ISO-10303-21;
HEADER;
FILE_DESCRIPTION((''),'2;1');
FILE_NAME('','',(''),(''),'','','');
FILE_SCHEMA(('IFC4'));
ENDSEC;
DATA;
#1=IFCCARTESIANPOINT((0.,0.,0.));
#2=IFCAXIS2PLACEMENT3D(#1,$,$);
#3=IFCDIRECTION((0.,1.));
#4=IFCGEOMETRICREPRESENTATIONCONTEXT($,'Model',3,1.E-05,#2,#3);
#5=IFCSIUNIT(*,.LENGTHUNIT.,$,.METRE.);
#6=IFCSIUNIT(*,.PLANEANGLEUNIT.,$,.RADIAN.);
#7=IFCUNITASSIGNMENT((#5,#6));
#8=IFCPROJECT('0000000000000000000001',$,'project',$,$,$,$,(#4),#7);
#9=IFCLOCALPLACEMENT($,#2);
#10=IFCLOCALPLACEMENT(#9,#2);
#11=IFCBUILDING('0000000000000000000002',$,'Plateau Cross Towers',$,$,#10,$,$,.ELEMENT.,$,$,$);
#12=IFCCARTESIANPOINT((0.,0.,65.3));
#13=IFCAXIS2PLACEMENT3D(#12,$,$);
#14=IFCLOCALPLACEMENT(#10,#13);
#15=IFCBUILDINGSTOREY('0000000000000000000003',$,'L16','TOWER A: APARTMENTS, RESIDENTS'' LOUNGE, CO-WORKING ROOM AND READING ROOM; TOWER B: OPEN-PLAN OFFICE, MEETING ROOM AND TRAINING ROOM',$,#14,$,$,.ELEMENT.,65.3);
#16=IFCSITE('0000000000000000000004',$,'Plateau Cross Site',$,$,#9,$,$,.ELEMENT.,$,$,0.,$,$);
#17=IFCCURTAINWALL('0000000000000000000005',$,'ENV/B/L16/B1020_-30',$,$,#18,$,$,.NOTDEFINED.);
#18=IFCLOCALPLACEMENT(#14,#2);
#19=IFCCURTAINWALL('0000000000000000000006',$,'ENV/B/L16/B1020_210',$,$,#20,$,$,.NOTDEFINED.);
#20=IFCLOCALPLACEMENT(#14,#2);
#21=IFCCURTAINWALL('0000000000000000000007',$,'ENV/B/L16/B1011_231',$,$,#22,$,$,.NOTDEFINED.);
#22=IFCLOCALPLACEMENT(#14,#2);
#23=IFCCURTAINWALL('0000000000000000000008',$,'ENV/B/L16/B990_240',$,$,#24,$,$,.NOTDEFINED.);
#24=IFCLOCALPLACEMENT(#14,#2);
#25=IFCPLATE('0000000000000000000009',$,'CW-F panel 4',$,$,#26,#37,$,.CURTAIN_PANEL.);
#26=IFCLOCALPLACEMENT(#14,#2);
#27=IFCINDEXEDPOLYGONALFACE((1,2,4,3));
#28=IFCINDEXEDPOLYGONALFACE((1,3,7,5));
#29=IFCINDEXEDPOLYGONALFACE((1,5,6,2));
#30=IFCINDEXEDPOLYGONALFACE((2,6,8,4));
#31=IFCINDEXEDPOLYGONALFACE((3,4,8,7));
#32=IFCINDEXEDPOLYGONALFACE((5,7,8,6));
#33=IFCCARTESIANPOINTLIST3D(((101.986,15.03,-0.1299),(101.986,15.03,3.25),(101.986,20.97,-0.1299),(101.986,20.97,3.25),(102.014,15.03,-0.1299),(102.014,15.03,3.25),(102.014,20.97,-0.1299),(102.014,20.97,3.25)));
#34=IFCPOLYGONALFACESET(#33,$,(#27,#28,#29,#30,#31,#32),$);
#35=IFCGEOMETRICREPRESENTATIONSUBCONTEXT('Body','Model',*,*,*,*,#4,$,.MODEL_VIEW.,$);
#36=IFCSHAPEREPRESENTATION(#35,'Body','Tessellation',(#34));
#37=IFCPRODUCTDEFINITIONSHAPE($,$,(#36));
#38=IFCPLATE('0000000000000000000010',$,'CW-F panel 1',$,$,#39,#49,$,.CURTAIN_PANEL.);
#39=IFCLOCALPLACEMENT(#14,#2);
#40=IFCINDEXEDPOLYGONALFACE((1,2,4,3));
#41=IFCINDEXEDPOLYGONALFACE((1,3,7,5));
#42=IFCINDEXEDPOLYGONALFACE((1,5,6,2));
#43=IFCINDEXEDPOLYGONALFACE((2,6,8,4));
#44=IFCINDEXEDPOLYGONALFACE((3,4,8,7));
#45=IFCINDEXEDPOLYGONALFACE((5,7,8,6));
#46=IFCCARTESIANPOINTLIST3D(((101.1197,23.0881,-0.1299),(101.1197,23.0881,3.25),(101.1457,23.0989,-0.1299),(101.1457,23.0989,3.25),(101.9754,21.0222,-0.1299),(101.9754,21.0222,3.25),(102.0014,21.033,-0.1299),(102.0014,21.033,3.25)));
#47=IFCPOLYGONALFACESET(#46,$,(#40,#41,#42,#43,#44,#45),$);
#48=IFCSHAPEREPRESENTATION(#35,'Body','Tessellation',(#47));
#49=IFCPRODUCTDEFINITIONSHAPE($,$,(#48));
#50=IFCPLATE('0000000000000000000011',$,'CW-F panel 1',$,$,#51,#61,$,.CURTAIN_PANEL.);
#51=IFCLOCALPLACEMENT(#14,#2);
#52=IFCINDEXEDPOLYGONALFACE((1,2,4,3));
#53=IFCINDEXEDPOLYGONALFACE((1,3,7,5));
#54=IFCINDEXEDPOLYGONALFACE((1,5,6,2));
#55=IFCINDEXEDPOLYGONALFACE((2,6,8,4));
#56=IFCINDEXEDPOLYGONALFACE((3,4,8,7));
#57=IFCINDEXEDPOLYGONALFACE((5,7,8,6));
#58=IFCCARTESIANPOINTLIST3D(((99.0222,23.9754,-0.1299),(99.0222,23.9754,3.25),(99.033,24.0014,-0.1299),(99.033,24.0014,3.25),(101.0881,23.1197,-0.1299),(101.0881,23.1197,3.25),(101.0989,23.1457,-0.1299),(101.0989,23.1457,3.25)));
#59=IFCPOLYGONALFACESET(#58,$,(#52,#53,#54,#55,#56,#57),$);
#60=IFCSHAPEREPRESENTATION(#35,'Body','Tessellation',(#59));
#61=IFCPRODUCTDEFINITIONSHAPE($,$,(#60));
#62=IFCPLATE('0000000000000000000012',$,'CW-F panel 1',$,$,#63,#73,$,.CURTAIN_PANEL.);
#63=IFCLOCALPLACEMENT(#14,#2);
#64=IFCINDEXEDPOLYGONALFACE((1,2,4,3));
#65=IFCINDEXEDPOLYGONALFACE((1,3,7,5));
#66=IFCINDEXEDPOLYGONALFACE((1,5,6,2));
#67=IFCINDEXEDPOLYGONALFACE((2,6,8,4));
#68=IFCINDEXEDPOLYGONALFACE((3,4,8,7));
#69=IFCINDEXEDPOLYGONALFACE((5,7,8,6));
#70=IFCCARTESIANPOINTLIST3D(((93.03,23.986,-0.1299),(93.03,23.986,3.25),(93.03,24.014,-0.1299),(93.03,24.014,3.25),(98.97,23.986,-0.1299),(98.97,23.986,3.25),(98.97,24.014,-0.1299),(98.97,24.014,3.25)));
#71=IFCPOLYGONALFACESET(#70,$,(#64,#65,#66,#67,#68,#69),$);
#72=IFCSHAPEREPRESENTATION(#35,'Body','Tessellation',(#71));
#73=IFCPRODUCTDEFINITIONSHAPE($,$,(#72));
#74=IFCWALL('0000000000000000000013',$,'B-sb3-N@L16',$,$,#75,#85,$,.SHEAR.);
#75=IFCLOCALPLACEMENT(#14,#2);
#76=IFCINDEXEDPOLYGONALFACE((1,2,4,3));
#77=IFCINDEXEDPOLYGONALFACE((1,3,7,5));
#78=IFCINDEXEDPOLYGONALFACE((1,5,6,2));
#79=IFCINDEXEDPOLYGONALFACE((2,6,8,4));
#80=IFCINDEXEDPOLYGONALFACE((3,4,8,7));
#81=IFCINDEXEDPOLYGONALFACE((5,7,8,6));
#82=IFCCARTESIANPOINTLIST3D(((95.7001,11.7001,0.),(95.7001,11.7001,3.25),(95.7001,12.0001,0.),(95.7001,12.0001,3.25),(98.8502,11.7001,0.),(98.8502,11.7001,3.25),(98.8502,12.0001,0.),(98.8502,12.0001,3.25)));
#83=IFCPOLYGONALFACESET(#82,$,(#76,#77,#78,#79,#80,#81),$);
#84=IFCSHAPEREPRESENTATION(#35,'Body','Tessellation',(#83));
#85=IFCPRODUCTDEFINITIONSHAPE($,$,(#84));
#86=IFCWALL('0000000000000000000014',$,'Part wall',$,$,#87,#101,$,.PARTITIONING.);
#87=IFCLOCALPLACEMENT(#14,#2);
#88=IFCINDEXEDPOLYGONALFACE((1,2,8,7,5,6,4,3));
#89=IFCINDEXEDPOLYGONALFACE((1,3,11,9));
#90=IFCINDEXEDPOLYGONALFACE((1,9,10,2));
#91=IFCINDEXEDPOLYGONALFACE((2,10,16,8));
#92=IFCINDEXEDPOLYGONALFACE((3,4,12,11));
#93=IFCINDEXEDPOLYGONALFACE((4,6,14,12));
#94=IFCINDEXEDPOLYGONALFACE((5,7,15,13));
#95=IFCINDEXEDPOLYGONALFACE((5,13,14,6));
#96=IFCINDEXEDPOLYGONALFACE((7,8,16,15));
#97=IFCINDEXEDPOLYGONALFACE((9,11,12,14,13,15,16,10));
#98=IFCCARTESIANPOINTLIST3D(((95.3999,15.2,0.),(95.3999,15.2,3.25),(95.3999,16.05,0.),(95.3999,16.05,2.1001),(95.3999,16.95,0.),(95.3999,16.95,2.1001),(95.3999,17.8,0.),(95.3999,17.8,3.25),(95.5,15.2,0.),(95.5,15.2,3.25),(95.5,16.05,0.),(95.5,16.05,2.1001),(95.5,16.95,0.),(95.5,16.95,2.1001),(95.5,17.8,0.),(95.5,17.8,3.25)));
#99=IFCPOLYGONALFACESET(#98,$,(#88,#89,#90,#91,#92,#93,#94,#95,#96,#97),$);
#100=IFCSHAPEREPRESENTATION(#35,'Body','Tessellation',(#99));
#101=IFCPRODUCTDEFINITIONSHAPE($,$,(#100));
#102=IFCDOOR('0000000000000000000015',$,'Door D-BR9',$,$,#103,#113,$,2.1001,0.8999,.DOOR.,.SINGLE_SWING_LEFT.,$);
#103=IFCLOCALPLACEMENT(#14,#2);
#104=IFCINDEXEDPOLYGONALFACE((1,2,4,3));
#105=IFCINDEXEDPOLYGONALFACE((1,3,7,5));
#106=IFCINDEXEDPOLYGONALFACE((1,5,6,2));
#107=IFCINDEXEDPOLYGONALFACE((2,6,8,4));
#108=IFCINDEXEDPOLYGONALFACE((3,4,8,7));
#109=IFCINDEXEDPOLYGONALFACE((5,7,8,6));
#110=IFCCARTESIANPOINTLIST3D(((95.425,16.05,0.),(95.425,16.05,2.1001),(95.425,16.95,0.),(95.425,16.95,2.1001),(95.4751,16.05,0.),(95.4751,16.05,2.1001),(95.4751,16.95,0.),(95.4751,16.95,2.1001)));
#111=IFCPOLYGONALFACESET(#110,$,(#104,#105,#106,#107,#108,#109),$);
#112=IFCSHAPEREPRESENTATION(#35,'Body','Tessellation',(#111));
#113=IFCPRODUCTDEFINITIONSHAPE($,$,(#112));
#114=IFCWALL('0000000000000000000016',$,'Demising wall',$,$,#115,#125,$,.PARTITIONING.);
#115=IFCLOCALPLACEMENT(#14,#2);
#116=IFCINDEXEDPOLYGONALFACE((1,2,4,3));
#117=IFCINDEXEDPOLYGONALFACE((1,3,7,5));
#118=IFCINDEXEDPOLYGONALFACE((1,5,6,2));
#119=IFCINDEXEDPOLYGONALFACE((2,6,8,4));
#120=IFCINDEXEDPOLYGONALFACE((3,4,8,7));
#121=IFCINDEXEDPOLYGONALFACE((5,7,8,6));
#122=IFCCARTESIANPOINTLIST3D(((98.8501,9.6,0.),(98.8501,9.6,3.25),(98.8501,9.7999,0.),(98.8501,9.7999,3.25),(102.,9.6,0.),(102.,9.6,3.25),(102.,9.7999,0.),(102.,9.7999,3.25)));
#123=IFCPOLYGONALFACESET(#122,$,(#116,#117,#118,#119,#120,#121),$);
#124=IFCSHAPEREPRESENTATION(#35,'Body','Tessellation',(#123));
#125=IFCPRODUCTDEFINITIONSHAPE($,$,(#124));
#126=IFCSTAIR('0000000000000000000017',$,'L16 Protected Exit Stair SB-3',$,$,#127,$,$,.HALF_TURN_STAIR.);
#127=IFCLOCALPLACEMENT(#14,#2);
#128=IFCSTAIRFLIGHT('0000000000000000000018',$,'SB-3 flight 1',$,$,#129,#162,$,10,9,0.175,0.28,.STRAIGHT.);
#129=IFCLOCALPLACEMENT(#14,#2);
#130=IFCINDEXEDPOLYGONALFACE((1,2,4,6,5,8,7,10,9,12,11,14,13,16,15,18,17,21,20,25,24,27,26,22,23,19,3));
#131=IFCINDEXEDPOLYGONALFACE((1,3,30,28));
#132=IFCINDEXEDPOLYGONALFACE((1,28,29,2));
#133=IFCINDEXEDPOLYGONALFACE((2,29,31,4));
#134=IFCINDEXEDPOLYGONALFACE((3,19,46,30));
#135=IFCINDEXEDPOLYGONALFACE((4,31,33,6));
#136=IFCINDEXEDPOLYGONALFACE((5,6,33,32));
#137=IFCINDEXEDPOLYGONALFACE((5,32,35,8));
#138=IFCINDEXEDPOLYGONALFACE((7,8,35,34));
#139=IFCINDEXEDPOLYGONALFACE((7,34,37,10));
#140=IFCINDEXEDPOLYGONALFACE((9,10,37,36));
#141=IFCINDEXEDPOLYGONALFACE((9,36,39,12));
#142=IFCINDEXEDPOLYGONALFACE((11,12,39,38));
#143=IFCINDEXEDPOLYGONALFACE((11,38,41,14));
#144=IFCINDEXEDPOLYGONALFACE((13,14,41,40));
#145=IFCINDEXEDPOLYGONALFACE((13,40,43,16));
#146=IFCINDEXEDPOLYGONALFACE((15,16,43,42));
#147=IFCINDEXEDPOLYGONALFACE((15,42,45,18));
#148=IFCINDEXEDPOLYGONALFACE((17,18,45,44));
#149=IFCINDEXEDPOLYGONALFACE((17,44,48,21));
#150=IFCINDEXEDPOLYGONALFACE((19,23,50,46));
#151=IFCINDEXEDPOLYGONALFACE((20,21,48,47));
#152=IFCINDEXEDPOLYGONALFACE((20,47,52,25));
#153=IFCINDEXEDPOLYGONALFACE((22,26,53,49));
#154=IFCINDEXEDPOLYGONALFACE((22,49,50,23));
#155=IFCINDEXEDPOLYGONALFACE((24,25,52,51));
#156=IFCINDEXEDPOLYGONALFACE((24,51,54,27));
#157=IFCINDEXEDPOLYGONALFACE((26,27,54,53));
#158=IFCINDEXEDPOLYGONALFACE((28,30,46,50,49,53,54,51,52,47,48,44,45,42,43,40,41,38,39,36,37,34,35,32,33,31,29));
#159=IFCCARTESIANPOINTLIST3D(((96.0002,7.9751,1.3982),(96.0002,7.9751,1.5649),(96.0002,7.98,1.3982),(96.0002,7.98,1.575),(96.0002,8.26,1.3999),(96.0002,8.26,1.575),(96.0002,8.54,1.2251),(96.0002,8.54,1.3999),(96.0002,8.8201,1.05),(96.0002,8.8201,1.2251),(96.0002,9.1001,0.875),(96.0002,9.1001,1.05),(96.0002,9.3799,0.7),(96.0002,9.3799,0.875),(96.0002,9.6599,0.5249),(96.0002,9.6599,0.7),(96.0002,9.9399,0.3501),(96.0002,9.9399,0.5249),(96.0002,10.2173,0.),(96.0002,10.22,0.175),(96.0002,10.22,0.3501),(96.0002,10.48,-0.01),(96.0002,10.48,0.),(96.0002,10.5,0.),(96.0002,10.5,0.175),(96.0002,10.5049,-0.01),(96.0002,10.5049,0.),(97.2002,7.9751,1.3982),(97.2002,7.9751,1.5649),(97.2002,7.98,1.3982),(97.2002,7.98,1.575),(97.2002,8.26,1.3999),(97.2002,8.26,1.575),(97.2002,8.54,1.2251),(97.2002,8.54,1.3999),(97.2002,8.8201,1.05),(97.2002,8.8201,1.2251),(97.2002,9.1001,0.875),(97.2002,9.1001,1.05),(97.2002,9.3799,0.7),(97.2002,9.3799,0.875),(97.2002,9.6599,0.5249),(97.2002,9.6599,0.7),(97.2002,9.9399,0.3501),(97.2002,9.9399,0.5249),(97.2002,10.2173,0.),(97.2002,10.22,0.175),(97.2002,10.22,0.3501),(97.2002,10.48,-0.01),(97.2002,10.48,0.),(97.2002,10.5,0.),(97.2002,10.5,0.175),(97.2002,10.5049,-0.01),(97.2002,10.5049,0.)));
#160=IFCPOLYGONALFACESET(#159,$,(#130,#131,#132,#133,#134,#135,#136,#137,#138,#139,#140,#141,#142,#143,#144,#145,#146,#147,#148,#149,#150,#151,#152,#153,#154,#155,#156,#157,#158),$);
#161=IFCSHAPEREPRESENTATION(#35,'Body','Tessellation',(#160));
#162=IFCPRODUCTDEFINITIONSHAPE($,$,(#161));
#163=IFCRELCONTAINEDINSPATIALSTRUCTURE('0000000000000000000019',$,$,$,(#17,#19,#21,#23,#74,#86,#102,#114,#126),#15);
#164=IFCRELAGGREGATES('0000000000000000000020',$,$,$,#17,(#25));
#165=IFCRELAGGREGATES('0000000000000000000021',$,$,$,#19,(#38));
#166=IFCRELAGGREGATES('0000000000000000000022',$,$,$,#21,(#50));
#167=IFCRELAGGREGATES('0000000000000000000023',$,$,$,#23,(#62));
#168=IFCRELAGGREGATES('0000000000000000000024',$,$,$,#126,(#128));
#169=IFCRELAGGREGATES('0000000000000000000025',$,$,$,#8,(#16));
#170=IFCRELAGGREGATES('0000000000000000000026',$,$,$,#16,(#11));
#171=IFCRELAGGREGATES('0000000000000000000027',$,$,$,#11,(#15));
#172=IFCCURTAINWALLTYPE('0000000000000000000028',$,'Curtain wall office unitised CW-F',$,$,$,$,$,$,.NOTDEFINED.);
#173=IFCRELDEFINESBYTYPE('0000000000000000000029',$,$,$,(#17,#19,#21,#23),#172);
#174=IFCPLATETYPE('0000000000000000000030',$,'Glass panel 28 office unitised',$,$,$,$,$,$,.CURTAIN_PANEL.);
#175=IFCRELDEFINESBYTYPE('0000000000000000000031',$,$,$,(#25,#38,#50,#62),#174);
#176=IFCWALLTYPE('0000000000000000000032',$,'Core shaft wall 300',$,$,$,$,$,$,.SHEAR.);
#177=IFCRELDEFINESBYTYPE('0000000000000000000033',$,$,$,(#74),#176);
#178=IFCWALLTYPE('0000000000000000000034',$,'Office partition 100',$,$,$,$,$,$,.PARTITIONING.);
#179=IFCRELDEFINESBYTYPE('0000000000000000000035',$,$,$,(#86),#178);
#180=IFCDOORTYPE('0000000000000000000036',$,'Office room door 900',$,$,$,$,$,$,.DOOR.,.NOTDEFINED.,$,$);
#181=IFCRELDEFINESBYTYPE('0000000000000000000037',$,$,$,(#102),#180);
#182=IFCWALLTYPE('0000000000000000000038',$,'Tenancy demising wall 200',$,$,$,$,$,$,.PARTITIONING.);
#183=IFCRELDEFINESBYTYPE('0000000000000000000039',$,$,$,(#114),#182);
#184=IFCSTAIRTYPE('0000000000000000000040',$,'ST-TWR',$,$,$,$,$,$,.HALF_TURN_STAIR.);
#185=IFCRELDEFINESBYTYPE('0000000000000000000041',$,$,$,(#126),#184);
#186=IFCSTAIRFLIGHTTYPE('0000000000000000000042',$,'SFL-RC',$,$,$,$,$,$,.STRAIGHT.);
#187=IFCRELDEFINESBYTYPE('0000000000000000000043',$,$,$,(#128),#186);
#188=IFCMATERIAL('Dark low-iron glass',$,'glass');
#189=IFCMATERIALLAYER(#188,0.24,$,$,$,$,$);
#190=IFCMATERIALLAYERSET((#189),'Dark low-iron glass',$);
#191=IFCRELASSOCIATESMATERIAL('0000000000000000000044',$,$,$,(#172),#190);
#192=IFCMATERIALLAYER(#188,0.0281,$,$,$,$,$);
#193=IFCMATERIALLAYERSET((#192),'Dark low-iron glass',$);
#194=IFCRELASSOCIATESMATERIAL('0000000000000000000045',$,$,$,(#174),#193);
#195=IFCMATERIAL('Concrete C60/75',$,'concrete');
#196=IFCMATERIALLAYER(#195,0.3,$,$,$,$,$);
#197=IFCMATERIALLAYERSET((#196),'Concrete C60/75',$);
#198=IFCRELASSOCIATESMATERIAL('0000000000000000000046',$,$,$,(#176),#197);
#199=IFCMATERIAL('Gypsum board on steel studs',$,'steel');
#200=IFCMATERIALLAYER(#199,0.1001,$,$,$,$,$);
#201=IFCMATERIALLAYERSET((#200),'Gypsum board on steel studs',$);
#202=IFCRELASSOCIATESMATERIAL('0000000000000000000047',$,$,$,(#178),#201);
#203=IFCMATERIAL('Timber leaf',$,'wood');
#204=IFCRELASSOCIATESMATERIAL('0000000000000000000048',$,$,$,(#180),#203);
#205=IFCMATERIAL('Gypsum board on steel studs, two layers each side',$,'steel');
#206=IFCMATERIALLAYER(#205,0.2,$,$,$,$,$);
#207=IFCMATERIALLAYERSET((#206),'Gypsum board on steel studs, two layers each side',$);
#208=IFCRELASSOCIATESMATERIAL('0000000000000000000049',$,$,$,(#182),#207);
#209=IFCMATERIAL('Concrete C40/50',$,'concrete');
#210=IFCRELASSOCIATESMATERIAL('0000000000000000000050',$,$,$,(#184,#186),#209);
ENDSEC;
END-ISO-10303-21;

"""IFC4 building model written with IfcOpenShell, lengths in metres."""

from ifc_helpers import new_model, si_unit, direction, frame, frame_2d, origin, origin_2d, place, context, subcontext, project, spatial, polyline, rectangle, outline, extrude, material, layer, layer_set, type_object, element, fill, aggregate, save


model = new_model("IFC4")

# Units and contexts
model_context = context("Model", 3, precision=1e-05, world=origin(), true_north=direction((0.0, 1.0)))
body_context = subcontext(model_context, "Body", "Model", "MODEL_VIEW")
ifc_project = project(units=[si_unit("LENGTHUNIT", "METRE"), si_unit("PLANEANGLEUNIT", "RADIAN")], contexts=[model_context])

# Site, building, storey
site_placement = place(None, origin())
site = spatial("IfcSite", under=ifc_project, at=site_placement, Name="Plateau Cross Site", CompositionType="ELEMENT", RefElevation=0.0)
building_placement = place(site_placement, origin())
building = spatial("IfcBuilding", under=site, at=building_placement, Name="Plateau Cross Towers", CompositionType="ELEMENT")
storey_placement = place(building_placement, frame((0.0, 0.0, 65.3)))
storey = spatial("IfcBuildingStorey", under=building, at=storey_placement, Name="L16", Description="TOWER A: APARTMENTS, RESIDENTS' LOUNGE, CO-WORKING ROOM AND READING ROOM; TOWER B: OPEN-PLAN OFFICE, MEETING ROOM AND TRAINING ROOM", CompositionType="ELEMENT", Elevation=65.3)

# Shared definitions
ifc_material_1 = material(Name="Concrete C60/75", Category="concrete")

# Curtain wall
ifc_material_2 = material(Name="Dark low-iron glass", Category="glass")
ifc_layer_1 = layer(ifc_material_2, 0.24)
ifc_layer_set_1 = layer_set([ifc_layer_1], Name="Dark low-iron glass")
curtain_wall_type = type_object("IfcCurtainWallType", Name="Curtain wall office unitised CW-F", PredefinedType="NOTDEFINED", material=ifc_layer_set_1)
curtain_wall_1_placement = place(storey_placement, origin())
curtain_wall_1 = element("IfcCurtainWall", 1, at=curtain_wall_1_placement, inside=storey, type_object=curtain_wall_type, Name="ENV/B/L16/B1020_-30", PredefinedType="NOTDEFINED")

# Curtain walls
curtain_wall_2_placement = place(storey_placement, origin())
curtain_wall_2 = element("IfcCurtainWall", 2, at=curtain_wall_2_placement, inside=storey, type_object=curtain_wall_type, Name="ENV/B/L16/B1020_210", PredefinedType="NOTDEFINED")
curtain_wall_3_placement = place(storey_placement, origin())
curtain_wall_3 = element("IfcCurtainWall", 3, at=curtain_wall_3_placement, inside=storey, type_object=curtain_wall_type, Name="ENV/B/L16/B1011_231", PredefinedType="NOTDEFINED")

# Curtain wall
curtain_wall_4_placement = place(storey_placement, origin())
curtain_wall_4 = element("IfcCurtainWall", 4, at=curtain_wall_4_placement, inside=storey, type_object=curtain_wall_type, Name="ENV/B/L16/B990_240", PredefinedType="NOTDEFINED")

# Plates
ifc_layer_2 = layer(ifc_material_2, 0.0281)
ifc_layer_set_2 = layer_set([ifc_layer_2], Name="Dark low-iron glass")
plate_type = type_object("IfcPlateType", Name="Glass panel 28 office unitised", PredefinedType="CURTAIN_PANEL", material=ifc_layer_set_2)
plate_1_placement = place(storey_placement, frame((102.0, 18.0, -0.1299), z_axis=(0.0, 0.0, 1.0), x_axis=(0.0, 1.0, 0.0)))
plate_1 = element("IfcPlate", 5, at=plate_1_placement, type_object=plate_type, Name="CW-F panel 4", PredefinedType="CURTAIN_PANEL", context=body_context, shape_type="SweptSolid", body=[
    extrude(rectangle(XDim=5.9399, YDim=0.0281, at=origin_2d()), origin(), (0.0, 0.0, 1.0), 3.3799),
])
aggregate(curtain_wall_1, [plate_1])
plate_2_placement = place(storey_placement, frame((101.5605, 22.0605, -0.1299), z_axis=(0.0, 0.0, 1.0), x_axis=(-0.382684, 0.923879, 0.0)))
plate_2 = element("IfcPlate", 6, at=plate_2_placement, type_object=plate_type, Name="CW-F panel 1", PredefinedType="CURTAIN_PANEL", context=body_context, shape_type="SweptSolid", body=[
    extrude(rectangle(XDim=2.2361, YDim=0.0281, at=origin_2d()), origin(), (0.0, 0.0, 1.0), 3.3799),
])
aggregate(curtain_wall_2, [plate_2])
plate_3_placement = place(storey_placement, frame((100.0605, 23.5605, -0.1299), z_axis=(0.0, 0.0, 1.0), x_axis=(-0.923879, 0.382684, 0.0)))
plate_3 = element("IfcPlate", 7, at=plate_3_placement, type_object=plate_type, Name="CW-F panel 1", PredefinedType="CURTAIN_PANEL", context=body_context, shape_type="SweptSolid", body=[
    extrude(rectangle(XDim=2.2361, YDim=0.0281, at=origin_2d()), origin(), (0.0, 0.0, 1.0), 3.3799),
])
aggregate(curtain_wall_3, [plate_3])
plate_4_placement = place(storey_placement, frame((96.0, 24.0, -0.1299), z_axis=(0.0, 0.0, 1.0), x_axis=(-1.0, 0.0, 0.0)))
plate_4 = element("IfcPlate", 8, at=plate_4_placement, type_object=plate_type, Name="CW-F panel 1", PredefinedType="CURTAIN_PANEL", context=body_context, shape_type="SweptSolid", body=[
    extrude(rectangle(XDim=5.9399, YDim=0.0281, at=origin_2d()), origin(), (0.0, 0.0, 1.0), 3.3799),
])
aggregate(curtain_wall_4, [plate_4])

# Wall
ifc_layer_3 = layer(ifc_material_1, 0.3)
ifc_layer_set_3 = layer_set([ifc_layer_3], Name="Concrete C60/75")
wall_type_1 = type_object("IfcWallType", Name="Core shaft wall 300", PredefinedType="SHEAR", material=ifc_layer_set_3)
wall_1_placement = place(storey_placement, frame((95.7, 11.8501, 0.0), z_axis=(0.0, 0.0, 1.0), x_axis=(1.0, 0.0, 0.0)))
element("IfcWall", 9, at=wall_1_placement, inside=storey, type_object=wall_type_1, Name="B-sb3-N@L16", PredefinedType="SHEAR", context=body_context, shape_type="SweptSolid", body=[
    extrude(rectangle(XDim=3.1501, YDim=0.3, at=frame_2d((1.5752, 0.0))), origin(), (0.0, 0.0, 1.0), 3.25),
])

# Wall, opening, door
ifc_material_3 = material(Name="Gypsum board on steel studs", Category="steel")
ifc_layer_4 = layer(ifc_material_3, 0.1001)
ifc_layer_set_4 = layer_set([ifc_layer_4], Name="Gypsum board on steel studs")
wall_type_2 = type_object("IfcWallType", Name="Office partition 100", PredefinedType="PARTITIONING", material=ifc_layer_set_4)
wall_2_placement = place(storey_placement, frame((95.45, 15.2, 0.0), z_axis=(0.0, 0.0, 1.0), x_axis=(0.0, 1.0, 0.0)))
wall_2 = element("IfcWall", 10, at=wall_2_placement, inside=storey, type_object=wall_type_2, Name="Part wall", PredefinedType="PARTITIONING", context=body_context, shape_type="SweptSolid", body=[
    extrude(rectangle(XDim=2.6001, YDim=0.1001, at=frame_2d((1.3, 0.0))), origin(), (0.0, 0.0, 1.0), 3.25),
])
opening_1_placement = place(wall_2_placement, frame((0.8501, 0.0, 0.0)))
opening_1 = element("IfcOpeningElement", 11, at=opening_1_placement, cuts=wall_2, PredefinedType="OPENING", context=body_context, shape_type="SweptSolid", body=[
    extrude(rectangle(XDim=0.8999, YDim=2.1001, at=frame_2d((0.45, 1.05))), frame((0.0, 0.0601, 0.0), z_axis=(0.0, -1.0, 0.0), x_axis=(1.0, 0.0, 0.0)), (0.0, 0.0, 1.0), 0.1201),
])
ifc_material_4 = material(Name="Timber leaf", Category="wood")
door_type_1 = type_object("IfcDoorType", Name="Office room door 900", OperationType="NOTDEFINED", PredefinedType="DOOR", material=ifc_material_4)
door_1_placement = place(opening_1_placement, origin())
door_1 = element("IfcDoor", 12, at=door_1_placement, inside=storey, type_object=door_type_1, Name="Door D-BR9", OperationType="SINGLE_SWING_LEFT", OverallHeight=2.1001, OverallWidth=0.8999, PredefinedType="DOOR", context=body_context, shape_type="SweptSolid", body=[
    extrude(rectangle(XDim=0.8999, YDim=2.1001, at=frame_2d((0.45, 1.05))), frame((0.0, 0.0249, 0.0), z_axis=(0.0, -1.0, 0.0), x_axis=(1.0, 0.0, 0.0)), (0.0, 0.0, 1.0), 0.05),
])
fill(opening_1, door_1)

# Wall
ifc_material_5 = material(Name="Gypsum board on steel studs, two layers each side", Category="steel")
ifc_layer_5 = layer(ifc_material_5, 0.2)
ifc_layer_set_5 = layer_set([ifc_layer_5], Name="Gypsum board on steel studs, two layers each side")
wall_type_3 = type_object("IfcWallType", Name="Tenancy demising wall 200", PredefinedType="PARTITIONING", material=ifc_layer_set_5)
wall_3_placement = place(storey_placement, frame((98.8501, 9.7, 0.0), z_axis=(0.0, 0.0, 1.0), x_axis=(1.0, 0.0, 0.0)))
element("IfcWall", 13, at=wall_3_placement, inside=storey, type_object=wall_type_3, Name="Demising wall", PredefinedType="PARTITIONING", context=body_context, shape_type="SweptSolid", body=[
    extrude(rectangle(XDim=3.1499, YDim=0.2, at=frame_2d((1.575, 0.0))), origin(), (0.0, 0.0, 1.0), 3.25),
])

# Stair, stair flight
ifc_material_6 = material(Name="Concrete C40/50", Category="concrete")
stair_type = type_object("IfcStairType", Name="ST-TWR", PredefinedType="HALF_TURN_STAIR", material=ifc_material_6)
stair_placement = place(storey_placement, origin())
stair = element("IfcStair", 14, at=stair_placement, inside=storey, type_object=stair_type, Name="L16 Protected Exit Stair SB-3", PredefinedType="HALF_TURN_STAIR")
stair_flight_type = type_object("IfcStairFlightType", Name="SFL-RC", PredefinedType="STRAIGHT", material=ifc_material_6)
stair_flight_1_placement = place(storey_placement, frame((96.6001, 10.5, 0.0), z_axis=(0.0, 0.0, 1.0), x_axis=(0.0, -1.0, 0.0)))
stair_flight_1 = element("IfcStairFlight", 15, at=stair_flight_1_placement, type_object=stair_flight_type, Name="SB-3 flight 1", NumberOfRisers=10, NumberOfTreads=9, PredefinedType="STRAIGHT", RiserHeight=0.175, TreadLength=0.28, context=body_context, shape_type="SweptSolid", body=[
    extrude(outline(polyline([(-0.0049, -0.01), (-0.0049, 0.0), (0.0, 0.0), (0.0, 0.175), (0.28, 0.175), (0.28, 0.3501), (0.5601, 0.3501), (0.5601, 0.5249), (0.8401, 0.5249), (0.8401, 0.7), (1.1201, 0.7), (1.1201, 0.875), (1.3999, 0.875), (1.3999, 1.05), (1.6799, 1.05), (1.6799, 1.2251), (1.96, 1.2251), (1.96, 1.3999), (2.24, 1.3999), (2.24, 1.575), (2.52, 1.575), (2.5249, 1.5649), (2.5249, 1.3982), (2.52, 1.3982), (0.2827, 0.0), (0.02, 0.0), (0.02, -0.01), (-0.0049, -0.01)])), frame((0.0, 0.6001, 0.0), z_axis=(0.0, -1.0, 0.0), x_axis=(1.0, 0.0, 0.0)), (0.0, 0.0, 1.0), 1.2),
])
aggregate(stair, [stair_flight_1])

save(model, "model.ifc")
